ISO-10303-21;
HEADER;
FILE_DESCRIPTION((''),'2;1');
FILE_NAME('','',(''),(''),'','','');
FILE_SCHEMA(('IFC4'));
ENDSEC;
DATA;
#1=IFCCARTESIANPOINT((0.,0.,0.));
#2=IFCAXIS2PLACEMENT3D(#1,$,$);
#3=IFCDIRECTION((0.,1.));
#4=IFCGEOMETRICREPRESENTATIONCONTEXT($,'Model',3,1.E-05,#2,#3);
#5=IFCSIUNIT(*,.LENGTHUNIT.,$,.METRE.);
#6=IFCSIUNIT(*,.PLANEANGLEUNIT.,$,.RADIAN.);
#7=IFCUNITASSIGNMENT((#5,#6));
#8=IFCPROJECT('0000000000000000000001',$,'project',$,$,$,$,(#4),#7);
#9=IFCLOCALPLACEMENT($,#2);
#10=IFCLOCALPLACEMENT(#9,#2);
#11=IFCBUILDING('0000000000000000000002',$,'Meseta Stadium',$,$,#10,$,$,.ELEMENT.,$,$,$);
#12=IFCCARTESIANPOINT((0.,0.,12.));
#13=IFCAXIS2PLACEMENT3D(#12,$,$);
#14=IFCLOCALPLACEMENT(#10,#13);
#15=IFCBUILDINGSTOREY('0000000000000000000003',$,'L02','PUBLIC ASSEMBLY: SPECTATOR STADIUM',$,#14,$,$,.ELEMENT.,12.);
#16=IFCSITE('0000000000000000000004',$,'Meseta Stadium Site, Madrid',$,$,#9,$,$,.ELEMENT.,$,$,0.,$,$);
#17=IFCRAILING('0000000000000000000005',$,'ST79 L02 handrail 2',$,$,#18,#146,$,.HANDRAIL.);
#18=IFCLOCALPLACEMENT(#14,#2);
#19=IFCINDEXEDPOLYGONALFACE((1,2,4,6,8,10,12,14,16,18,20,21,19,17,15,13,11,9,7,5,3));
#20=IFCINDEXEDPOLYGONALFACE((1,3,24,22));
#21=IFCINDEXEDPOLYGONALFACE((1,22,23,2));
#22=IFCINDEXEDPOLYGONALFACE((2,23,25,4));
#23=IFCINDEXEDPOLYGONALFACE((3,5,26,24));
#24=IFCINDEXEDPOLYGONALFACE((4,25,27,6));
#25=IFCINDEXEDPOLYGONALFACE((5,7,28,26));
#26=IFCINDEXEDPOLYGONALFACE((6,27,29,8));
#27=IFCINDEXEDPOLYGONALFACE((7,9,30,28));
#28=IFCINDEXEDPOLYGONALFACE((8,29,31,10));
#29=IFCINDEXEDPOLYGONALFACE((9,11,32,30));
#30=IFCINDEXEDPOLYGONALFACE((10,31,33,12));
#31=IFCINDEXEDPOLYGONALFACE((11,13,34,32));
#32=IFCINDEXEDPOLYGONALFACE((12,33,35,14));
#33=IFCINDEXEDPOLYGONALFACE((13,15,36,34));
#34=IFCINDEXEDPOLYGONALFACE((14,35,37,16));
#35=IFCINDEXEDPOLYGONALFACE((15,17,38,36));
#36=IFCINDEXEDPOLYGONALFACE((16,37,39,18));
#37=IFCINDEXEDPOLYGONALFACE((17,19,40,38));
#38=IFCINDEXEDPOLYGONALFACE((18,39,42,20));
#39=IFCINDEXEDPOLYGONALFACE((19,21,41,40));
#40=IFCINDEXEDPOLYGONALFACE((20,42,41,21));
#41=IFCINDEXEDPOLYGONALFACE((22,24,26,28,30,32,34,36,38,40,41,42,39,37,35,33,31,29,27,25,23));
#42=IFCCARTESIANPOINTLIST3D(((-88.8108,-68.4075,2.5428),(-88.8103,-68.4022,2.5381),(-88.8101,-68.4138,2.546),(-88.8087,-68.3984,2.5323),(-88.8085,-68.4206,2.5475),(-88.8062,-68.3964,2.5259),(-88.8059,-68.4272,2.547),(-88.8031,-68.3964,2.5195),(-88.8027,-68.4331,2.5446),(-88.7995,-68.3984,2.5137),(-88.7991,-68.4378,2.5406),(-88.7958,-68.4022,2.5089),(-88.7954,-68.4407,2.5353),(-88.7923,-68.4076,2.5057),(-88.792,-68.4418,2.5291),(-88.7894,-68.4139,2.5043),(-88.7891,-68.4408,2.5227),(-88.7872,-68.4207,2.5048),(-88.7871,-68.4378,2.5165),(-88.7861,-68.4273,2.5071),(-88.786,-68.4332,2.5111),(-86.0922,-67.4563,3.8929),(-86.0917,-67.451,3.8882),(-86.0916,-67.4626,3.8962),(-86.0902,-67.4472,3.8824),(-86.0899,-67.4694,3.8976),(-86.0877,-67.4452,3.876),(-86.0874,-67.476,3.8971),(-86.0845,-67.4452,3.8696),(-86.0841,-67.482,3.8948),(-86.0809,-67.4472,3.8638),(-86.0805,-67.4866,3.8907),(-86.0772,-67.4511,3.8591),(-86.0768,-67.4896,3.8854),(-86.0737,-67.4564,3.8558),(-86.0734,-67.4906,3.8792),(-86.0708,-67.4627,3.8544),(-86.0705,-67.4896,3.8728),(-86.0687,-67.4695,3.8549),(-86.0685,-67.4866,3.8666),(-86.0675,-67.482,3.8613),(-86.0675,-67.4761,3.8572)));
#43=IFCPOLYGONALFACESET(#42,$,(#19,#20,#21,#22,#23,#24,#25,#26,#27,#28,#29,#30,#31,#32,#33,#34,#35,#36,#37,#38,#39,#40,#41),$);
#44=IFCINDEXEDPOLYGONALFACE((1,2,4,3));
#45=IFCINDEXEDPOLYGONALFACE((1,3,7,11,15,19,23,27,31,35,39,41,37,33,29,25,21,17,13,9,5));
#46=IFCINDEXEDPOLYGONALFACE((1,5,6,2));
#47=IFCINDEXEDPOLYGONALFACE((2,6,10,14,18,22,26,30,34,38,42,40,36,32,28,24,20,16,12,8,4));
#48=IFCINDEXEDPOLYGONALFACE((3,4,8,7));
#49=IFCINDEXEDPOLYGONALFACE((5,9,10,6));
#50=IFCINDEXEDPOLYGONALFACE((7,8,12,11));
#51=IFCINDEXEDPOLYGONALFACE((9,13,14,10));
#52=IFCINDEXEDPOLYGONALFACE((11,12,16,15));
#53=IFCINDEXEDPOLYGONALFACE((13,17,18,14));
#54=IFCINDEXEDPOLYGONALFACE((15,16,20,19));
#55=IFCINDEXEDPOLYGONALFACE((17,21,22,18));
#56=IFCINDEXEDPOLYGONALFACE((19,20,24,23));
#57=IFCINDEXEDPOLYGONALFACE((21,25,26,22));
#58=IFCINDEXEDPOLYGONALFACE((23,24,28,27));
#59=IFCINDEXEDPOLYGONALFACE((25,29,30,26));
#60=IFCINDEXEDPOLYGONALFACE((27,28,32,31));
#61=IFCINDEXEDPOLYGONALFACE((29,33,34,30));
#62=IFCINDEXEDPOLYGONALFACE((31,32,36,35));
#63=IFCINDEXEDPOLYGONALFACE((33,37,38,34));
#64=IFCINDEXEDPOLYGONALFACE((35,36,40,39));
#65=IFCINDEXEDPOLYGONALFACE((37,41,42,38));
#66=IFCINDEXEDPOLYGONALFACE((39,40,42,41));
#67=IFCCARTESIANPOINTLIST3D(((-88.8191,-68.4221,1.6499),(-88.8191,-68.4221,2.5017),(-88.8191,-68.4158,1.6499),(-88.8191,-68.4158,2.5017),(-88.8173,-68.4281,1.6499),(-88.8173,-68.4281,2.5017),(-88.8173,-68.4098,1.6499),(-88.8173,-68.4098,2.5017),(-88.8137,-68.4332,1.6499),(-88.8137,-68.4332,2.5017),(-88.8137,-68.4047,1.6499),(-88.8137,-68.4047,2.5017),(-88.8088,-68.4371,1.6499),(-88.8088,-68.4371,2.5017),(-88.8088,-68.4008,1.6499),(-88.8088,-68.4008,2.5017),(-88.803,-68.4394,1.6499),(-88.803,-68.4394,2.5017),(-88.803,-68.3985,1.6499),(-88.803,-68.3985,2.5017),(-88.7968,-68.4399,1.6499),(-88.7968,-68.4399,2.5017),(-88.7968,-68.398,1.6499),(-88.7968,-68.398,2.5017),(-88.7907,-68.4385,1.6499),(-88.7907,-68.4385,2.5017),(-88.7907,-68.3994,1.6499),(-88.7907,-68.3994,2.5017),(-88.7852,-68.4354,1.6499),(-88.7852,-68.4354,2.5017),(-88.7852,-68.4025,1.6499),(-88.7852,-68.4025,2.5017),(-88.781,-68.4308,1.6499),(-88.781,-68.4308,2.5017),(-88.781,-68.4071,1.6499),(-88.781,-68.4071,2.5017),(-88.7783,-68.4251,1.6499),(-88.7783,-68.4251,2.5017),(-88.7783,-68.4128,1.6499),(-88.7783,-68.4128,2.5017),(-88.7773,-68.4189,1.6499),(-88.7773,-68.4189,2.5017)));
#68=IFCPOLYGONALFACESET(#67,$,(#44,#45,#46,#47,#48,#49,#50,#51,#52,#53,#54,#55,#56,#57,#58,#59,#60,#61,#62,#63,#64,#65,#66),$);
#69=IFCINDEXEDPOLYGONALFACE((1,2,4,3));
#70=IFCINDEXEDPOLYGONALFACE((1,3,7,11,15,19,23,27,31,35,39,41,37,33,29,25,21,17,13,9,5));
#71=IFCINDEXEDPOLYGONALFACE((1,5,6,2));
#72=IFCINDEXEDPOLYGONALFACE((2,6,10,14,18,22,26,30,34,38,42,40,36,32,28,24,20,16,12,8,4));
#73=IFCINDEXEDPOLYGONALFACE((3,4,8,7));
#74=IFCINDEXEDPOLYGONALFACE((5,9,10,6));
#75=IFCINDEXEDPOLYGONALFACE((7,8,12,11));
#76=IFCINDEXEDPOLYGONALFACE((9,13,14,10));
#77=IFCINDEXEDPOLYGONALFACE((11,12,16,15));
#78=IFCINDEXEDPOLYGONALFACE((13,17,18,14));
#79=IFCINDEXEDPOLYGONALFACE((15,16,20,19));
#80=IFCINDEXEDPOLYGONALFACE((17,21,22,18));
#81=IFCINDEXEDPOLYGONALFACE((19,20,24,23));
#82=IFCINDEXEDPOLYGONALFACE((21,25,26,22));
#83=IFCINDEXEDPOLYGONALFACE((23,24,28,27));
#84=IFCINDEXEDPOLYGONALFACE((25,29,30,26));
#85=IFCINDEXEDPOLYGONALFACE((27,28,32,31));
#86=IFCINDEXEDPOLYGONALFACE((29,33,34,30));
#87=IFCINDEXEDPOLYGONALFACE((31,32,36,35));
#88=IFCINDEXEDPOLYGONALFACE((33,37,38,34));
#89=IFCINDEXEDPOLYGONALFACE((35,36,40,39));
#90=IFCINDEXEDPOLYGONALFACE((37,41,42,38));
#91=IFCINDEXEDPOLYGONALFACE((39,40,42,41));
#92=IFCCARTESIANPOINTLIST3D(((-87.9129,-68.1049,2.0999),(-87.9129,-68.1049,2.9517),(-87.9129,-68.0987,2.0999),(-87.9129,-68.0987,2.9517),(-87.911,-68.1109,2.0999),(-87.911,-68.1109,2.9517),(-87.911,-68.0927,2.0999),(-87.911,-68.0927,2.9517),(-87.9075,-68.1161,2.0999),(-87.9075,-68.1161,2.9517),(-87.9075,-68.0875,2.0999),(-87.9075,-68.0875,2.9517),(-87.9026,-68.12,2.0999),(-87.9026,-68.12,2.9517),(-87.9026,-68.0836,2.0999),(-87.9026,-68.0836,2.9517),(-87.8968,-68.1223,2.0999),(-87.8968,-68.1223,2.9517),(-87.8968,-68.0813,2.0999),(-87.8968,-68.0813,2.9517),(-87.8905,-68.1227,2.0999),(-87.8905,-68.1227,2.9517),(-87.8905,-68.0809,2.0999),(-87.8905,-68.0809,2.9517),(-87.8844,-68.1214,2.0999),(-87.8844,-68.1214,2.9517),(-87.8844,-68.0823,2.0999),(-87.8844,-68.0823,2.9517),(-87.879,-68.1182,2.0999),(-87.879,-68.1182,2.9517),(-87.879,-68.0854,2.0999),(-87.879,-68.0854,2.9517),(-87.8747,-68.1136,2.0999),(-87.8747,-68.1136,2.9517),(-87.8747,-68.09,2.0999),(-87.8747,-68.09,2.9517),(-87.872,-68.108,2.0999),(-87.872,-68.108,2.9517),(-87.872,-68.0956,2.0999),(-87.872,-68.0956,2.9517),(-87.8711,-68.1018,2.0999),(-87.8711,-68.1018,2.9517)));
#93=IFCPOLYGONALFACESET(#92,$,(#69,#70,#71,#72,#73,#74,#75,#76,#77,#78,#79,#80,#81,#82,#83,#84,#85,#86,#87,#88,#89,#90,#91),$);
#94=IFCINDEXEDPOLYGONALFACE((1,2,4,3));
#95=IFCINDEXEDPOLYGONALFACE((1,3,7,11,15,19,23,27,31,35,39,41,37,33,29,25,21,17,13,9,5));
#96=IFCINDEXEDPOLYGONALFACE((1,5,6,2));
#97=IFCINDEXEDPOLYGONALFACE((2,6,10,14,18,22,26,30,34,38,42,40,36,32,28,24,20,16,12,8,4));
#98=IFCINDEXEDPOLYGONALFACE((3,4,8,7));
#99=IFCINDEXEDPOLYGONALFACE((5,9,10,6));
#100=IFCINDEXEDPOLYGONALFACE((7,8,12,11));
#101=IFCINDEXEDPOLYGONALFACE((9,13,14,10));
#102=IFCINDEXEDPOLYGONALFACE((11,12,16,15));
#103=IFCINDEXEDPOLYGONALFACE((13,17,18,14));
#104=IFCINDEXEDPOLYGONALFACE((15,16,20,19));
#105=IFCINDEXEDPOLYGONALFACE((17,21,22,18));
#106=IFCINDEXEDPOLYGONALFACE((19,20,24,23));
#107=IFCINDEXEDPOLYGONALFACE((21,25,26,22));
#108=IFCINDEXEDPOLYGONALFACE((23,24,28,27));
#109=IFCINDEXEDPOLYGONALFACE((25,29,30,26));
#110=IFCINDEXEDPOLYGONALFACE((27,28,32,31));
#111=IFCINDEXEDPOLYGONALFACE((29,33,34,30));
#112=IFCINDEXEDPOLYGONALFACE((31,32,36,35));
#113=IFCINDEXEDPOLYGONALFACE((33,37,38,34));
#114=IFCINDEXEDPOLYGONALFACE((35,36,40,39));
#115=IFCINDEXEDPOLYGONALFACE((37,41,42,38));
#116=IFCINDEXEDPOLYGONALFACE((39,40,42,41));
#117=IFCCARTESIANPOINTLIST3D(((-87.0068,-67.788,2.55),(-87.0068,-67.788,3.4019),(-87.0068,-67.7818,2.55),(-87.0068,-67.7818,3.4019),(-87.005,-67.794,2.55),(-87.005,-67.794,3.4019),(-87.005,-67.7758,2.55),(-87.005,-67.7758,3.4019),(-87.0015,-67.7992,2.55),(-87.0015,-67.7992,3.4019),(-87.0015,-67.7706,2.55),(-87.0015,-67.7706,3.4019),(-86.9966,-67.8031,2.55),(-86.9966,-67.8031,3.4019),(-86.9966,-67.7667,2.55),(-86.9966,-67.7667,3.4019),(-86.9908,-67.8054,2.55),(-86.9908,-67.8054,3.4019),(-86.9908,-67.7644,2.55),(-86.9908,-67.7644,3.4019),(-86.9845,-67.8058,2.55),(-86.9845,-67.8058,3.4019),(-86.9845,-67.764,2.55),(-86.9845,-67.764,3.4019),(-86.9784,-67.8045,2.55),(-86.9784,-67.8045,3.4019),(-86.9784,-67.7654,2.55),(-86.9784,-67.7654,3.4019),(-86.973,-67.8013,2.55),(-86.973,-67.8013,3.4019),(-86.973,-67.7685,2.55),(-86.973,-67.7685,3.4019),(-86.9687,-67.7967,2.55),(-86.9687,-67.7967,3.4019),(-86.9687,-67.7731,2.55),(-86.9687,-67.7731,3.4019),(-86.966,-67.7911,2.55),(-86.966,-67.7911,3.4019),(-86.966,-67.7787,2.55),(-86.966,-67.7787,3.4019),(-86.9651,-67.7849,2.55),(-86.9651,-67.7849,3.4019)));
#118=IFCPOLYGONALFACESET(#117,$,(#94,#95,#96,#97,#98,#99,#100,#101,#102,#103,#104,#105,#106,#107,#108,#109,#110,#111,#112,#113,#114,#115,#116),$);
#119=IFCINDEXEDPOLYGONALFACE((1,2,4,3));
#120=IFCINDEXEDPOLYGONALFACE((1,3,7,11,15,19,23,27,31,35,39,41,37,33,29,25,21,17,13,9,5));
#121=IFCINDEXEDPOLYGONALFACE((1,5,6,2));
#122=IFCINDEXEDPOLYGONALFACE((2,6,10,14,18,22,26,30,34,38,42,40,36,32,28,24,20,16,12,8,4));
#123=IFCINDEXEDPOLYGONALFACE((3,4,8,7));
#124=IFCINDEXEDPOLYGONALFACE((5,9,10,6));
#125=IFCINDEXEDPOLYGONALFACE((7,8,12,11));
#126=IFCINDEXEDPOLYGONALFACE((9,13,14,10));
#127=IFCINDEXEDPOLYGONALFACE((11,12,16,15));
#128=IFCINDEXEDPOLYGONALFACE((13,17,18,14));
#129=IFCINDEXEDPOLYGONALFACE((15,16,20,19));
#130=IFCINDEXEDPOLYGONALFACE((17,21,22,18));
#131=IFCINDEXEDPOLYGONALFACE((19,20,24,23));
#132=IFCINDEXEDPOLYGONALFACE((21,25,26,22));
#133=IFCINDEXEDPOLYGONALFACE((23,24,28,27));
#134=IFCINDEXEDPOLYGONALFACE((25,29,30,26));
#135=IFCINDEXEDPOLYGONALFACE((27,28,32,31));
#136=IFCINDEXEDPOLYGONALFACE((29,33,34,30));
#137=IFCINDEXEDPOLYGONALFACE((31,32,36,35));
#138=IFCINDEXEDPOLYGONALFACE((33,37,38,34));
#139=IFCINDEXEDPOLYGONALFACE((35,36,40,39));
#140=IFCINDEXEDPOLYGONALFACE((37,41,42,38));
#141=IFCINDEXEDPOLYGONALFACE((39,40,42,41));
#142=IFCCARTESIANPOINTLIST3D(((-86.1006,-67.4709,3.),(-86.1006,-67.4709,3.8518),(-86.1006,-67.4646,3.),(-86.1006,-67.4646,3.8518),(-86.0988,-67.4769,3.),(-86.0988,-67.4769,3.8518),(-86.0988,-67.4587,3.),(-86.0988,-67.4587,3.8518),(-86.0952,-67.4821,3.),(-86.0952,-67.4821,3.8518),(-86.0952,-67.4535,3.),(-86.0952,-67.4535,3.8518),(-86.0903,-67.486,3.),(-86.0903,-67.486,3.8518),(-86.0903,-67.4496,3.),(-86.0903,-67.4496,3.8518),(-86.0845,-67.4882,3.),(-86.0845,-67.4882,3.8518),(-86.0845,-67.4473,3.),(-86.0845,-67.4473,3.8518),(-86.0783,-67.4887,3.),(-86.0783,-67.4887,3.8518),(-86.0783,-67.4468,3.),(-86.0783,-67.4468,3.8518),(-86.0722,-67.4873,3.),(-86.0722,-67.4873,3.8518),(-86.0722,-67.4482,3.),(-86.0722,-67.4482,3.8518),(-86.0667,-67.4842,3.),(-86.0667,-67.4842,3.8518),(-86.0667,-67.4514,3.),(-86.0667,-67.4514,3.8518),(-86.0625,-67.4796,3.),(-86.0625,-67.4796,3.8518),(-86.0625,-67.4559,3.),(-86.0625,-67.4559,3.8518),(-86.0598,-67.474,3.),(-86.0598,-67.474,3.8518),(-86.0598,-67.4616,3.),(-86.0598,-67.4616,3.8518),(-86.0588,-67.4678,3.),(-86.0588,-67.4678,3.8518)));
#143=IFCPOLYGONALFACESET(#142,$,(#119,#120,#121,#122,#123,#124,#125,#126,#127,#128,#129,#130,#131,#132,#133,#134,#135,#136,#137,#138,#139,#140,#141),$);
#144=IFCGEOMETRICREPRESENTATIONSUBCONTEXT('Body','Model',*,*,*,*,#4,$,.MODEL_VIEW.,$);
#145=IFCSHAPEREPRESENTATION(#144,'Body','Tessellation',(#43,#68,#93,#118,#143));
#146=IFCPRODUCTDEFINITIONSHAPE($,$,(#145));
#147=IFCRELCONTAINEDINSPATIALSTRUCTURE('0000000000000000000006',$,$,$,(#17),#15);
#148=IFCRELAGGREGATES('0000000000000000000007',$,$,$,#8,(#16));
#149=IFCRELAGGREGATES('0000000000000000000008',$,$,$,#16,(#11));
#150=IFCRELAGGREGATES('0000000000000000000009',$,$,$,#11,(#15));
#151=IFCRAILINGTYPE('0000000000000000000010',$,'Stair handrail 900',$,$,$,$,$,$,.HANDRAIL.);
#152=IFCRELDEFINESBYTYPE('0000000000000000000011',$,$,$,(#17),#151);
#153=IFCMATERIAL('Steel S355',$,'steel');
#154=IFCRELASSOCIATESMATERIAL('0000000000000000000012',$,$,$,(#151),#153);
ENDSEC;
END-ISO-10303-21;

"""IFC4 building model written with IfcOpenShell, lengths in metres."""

from ifc_helpers import new_model, si_unit, direction, frame, origin, origin_2d, place, context, subcontext, project, spatial, circle, extrude, material, type_object, element, save


model = new_model("IFC4")

# Units and contexts
model_context = context("Model", 3, precision=1e-05, world=origin(), true_north=direction((0.0, 1.0)))
body_context = subcontext(model_context, "Body", "Model", "MODEL_VIEW")
ifc_project = project(units=[si_unit("LENGTHUNIT", "METRE"), si_unit("PLANEANGLEUNIT", "RADIAN")], contexts=[model_context])

# Site, building, storey
site_placement = place(None, origin())
site = spatial("IfcSite", under=ifc_project, at=site_placement, Name="Meseta Stadium Site, Madrid", CompositionType="ELEMENT", RefElevation=0.0)
building_placement = place(site_placement, origin())
building = spatial("IfcBuilding", under=site, at=building_placement, Name="Meseta Stadium", CompositionType="ELEMENT")
storey_placement = place(building_placement, frame((0.0, 0.0, 12.0)))
storey = spatial("IfcBuildingStorey", under=building, at=storey_placement, Name="L02", Description="PUBLIC ASSEMBLY: SPECTATOR STADIUM", CompositionType="ELEMENT", Elevation=12.0)

# Railing
ifc_material_1 = material(Name="Steel S355", Category="steel")
railing_type_1 = type_object("IfcRailingType", Name="Stair handrail 900", PredefinedType="HANDRAIL", material=ifc_material_1)
for number, where, name in (
    (1, (-88.7983, -68.4189, 1.6499), "ST79 L02 handrail 2"),
):
    element("IfcRailing", number, at=place(storey_placement, frame(where)), inside=storey, type_object=railing_type_1, Name=name, PredefinedType="HANDRAIL", context=body_context, shape_type="SweptSolid", body=[
        extrude(circle(Radius=0.0239, at=origin_2d()), frame((0.0, 0.0, 0.876), z_axis=(0.854649, 0.299031, 0.424446), x_axis=(-0.330256, 0.943891, 0.0)), (0.0, 0.0, 1.0), 3.1809),
        extrude(circle(Radius=0.021, at=origin_2d()), origin(), (0.0, 0.0, 1.0), 0.8518),
        extrude(circle(Radius=0.021, at=origin_2d()), frame((0.9062, 0.3171, 0.45)), (0.0, 0.0, 1.0), 0.8518),
        extrude(circle(Radius=0.021, at=origin_2d()), frame((1.8123, 0.634, 0.9001)), (0.0, 0.0, 1.0), 0.8518),
        extrude(circle(Radius=0.021, at=origin_2d()), frame((2.7185, 0.9512, 1.3501)), (0.0, 0.0, 1.0), 0.8518),
    ])

save(model, "model.ifc")
